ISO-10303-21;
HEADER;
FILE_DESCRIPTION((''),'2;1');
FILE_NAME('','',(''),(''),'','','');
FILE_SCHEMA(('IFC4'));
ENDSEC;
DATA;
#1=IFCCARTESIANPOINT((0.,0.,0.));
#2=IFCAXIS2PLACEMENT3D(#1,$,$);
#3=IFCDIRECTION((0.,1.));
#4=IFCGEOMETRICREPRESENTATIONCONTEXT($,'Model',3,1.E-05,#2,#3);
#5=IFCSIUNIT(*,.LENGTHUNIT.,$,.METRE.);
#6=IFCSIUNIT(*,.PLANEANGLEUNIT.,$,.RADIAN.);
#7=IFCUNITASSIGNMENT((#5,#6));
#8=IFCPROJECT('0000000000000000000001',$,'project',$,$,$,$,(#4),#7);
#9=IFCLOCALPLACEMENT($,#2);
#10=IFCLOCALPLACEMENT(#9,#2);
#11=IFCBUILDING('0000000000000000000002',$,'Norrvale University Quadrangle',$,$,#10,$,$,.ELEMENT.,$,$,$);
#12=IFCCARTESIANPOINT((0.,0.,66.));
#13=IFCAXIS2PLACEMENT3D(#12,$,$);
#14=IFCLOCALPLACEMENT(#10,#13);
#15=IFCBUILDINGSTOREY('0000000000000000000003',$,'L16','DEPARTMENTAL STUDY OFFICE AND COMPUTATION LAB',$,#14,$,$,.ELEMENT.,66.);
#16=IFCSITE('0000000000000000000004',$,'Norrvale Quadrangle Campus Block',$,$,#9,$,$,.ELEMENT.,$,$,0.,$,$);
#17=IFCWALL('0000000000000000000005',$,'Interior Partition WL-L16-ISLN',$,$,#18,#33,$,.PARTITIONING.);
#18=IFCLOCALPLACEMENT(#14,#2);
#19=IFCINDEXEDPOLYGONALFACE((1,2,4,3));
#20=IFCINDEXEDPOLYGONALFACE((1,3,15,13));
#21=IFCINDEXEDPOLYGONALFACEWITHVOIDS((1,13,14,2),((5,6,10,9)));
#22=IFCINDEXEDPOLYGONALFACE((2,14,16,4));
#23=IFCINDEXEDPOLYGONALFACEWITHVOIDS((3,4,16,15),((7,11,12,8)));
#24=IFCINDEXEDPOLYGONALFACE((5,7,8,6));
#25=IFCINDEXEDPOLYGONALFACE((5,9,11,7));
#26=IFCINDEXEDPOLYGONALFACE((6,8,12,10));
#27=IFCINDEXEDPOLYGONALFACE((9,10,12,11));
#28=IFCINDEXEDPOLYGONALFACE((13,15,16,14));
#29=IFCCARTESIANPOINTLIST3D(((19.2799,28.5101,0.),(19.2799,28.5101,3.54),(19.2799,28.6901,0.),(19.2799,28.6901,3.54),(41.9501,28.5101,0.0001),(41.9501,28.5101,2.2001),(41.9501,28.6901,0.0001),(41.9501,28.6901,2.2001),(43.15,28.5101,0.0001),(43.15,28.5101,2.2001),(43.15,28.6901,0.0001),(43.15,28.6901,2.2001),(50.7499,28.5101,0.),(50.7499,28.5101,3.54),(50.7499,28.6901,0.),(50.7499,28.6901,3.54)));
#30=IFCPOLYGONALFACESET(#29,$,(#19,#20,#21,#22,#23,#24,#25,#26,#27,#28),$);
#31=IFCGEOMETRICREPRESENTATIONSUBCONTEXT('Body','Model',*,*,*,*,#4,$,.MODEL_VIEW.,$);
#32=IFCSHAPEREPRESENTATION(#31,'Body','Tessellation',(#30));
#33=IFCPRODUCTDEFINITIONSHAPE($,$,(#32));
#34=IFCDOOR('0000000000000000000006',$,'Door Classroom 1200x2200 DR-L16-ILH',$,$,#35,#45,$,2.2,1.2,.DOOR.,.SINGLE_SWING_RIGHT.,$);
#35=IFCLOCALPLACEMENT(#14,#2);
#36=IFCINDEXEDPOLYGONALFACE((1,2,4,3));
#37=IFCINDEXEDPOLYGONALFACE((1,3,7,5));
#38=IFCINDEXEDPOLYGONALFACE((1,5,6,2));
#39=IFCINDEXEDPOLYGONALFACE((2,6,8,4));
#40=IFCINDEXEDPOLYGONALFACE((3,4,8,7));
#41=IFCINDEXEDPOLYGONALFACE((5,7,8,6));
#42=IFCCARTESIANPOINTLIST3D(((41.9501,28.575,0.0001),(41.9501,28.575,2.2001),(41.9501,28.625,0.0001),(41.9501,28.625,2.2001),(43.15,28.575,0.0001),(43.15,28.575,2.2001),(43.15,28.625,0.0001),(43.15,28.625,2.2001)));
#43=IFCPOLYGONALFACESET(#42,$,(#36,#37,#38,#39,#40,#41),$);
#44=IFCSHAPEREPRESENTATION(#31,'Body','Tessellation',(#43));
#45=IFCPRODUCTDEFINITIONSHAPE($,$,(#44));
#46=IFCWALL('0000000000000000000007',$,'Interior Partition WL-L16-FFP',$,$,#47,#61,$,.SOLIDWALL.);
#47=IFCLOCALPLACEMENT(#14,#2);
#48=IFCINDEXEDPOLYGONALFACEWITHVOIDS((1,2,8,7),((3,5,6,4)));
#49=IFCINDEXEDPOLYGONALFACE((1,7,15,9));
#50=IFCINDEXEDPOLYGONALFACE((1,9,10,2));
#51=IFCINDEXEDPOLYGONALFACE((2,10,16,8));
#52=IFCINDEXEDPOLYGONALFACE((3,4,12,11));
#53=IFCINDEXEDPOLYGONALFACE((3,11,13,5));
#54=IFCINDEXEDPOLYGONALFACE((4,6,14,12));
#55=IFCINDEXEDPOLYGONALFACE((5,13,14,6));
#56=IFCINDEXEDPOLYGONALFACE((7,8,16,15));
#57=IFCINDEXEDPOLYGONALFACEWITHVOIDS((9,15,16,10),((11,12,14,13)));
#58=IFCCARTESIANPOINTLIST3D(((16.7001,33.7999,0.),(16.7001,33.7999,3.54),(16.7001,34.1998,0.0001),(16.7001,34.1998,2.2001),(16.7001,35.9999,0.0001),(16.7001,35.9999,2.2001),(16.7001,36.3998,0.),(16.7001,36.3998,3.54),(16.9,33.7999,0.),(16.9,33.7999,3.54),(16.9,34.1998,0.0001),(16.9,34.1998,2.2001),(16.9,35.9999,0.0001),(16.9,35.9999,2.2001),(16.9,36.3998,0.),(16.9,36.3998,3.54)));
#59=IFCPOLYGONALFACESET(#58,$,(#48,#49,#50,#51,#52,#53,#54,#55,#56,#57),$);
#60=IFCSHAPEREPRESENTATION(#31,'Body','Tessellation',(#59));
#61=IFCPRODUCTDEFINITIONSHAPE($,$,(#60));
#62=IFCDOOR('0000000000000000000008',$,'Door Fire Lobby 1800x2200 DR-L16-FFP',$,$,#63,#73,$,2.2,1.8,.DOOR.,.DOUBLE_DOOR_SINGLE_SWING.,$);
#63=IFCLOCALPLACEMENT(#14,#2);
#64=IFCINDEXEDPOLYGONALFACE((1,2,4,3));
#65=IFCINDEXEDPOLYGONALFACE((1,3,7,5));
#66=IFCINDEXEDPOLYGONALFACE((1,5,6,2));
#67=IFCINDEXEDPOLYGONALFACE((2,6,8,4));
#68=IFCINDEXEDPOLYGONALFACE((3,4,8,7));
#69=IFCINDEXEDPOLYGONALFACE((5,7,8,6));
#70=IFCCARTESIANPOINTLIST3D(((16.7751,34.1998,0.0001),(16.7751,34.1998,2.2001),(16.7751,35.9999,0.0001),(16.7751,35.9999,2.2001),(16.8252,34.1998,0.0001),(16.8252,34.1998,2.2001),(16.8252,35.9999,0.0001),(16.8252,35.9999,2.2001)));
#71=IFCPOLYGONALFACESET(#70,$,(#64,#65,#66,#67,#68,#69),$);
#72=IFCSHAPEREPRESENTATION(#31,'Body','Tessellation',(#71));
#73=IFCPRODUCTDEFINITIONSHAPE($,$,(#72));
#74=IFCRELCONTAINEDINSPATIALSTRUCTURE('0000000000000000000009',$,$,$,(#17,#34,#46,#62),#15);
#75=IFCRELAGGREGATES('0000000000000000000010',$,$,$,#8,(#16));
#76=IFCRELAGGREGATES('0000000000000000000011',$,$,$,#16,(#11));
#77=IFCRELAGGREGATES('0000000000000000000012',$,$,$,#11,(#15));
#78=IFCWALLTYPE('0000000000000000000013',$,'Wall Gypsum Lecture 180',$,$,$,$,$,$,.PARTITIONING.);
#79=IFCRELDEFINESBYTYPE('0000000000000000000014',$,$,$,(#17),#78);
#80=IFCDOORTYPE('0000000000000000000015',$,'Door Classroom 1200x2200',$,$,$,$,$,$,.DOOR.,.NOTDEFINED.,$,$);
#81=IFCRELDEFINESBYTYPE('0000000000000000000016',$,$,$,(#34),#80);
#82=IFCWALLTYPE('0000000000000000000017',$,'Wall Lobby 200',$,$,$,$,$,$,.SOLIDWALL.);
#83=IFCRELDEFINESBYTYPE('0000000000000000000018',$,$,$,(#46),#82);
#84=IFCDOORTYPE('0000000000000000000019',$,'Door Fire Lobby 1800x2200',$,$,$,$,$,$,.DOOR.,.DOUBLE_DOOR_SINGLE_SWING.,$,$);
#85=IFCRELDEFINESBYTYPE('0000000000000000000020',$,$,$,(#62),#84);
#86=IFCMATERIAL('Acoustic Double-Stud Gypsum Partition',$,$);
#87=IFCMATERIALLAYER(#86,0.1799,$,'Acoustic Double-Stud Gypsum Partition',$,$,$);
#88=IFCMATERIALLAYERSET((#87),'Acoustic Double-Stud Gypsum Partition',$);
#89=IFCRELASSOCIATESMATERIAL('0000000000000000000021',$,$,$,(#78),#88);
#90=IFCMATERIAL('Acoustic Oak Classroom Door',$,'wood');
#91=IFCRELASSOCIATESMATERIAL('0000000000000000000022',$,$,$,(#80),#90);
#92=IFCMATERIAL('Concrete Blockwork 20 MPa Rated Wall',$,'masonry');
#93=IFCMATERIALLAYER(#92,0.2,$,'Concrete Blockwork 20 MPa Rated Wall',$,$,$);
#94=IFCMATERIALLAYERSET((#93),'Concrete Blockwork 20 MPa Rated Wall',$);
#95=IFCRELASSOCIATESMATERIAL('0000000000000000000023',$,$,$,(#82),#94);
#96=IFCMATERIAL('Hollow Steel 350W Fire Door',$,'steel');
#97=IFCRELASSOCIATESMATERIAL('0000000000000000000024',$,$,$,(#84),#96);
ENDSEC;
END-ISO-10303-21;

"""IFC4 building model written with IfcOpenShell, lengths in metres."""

from ifc_helpers import new_model, si_unit, direction, frame, frame_2d, origin, place, context, subcontext, project, spatial, rectangle, extrude, material, layer, layer_set, type_object, element, fill, save


model = new_model("IFC4")

# Units and contexts
model_context = context("Model", 3, precision=1e-05, world=origin(), true_north=direction((0.0, 1.0)))
body_context = subcontext(model_context, "Body", "Model", "MODEL_VIEW")
ifc_project = project(units=[si_unit("LENGTHUNIT", "METRE"), si_unit("PLANEANGLEUNIT", "RADIAN")], contexts=[model_context])

# Site, building, storey
site_placement = place(None, origin())
site = spatial("IfcSite", under=ifc_project, at=site_placement, Name="Norrvale Quadrangle Campus Block", CompositionType="ELEMENT", RefElevation=0.0)
building_placement = place(site_placement, origin())
building = spatial("IfcBuilding", under=site, at=building_placement, Name="Norrvale University Quadrangle", CompositionType="ELEMENT")
storey_placement = place(building_placement, frame((0.0, 0.0, 66.0)))
storey = spatial("IfcBuildingStorey", under=building, at=storey_placement, Name="L16", Description="DEPARTMENTAL STUDY OFFICE AND COMPUTATION LAB", CompositionType="ELEMENT", Elevation=66.0)

# Walls, openings, doors
ifc_material_1 = material(Name="Acoustic Double-Stud Gypsum Partition")
ifc_layer_1 = layer(ifc_material_1, 0.1799, Name="Acoustic Double-Stud Gypsum Partition")
ifc_layer_set_1 = layer_set([ifc_layer_1], Name="Acoustic Double-Stud Gypsum Partition")
wall_type_1 = type_object("IfcWallType", Name="Wall Gypsum Lecture 180", PredefinedType="PARTITIONING", material=ifc_layer_set_1)
wall_1_placement = place(storey_placement, frame((19.28, 28.6001, 0.0), z_axis=(0.0, 0.0, 1.0), x_axis=(1.0, 0.0, 0.0)))
wall_1 = element("IfcWall", 1, at=wall_1_placement, inside=storey, type_object=wall_type_1, Name="Interior Partition WL-L16-ISLN", PredefinedType="PARTITIONING", context=body_context, shape_type="SweptSolid", body=[
    extrude(rectangle(XDim=31.47, YDim=0.1799, at=frame_2d((15.7349, 0.0))), origin(), (0.0, 0.0, 1.0), 3.54),
])
opening_1_placement = place(wall_1_placement, frame((22.6699, 0.0, 0.0)))
opening_1 = element("IfcOpeningElement", 2, at=opening_1_placement, cuts=wall_1, PredefinedType="OPENING", context=body_context, shape_type="SweptSolid", body=[
    extrude(rectangle(XDim=1.2, YDim=2.2, at=frame_2d((0.6001, 1.1001))), frame((0.0, 0.1021, 0.0), z_axis=(0.0, -1.0, 0.0), x_axis=(1.0, 0.0, 0.0)), (0.0, 0.0, 1.0), 0.2039),
])
ifc_material_2 = material(Name="Acoustic Oak Classroom Door", Category="wood")
door_type_1 = type_object("IfcDoorType", Name="Door Classroom 1200x2200", OperationType="NOTDEFINED", PredefinedType="DOOR", material=ifc_material_2)
door_1_placement = place(opening_1_placement, origin())
door_1 = element("IfcDoor", 3, at=door_1_placement, inside=storey, type_object=door_type_1, Name="Door Classroom 1200x2200 DR-L16-ILH", OperationType="SINGLE_SWING_RIGHT", OverallHeight=2.2, OverallWidth=1.2, PredefinedType="DOOR", context=body_context, shape_type="SweptSolid", body=[
    extrude(rectangle(XDim=1.2, YDim=2.2, at=frame_2d((0.6001, 1.1001))), frame((0.0, 0.0249, 0.0), z_axis=(0.0, -1.0, 0.0), x_axis=(1.0, 0.0, 0.0)), (0.0, 0.0, 1.0), 0.05),
])
fill(opening_1, door_1)
ifc_material_3 = material(Name="Concrete Blockwork 20 MPa Rated Wall", Category="masonry")
ifc_layer_2 = layer(ifc_material_3, 0.2, Name="Concrete Blockwork 20 MPa Rated Wall")
ifc_layer_set_2 = layer_set([ifc_layer_2], Name="Concrete Blockwork 20 MPa Rated Wall")
wall_type_2 = type_object("IfcWallType", Name="Wall Lobby 200", PredefinedType="SOLIDWALL", material=ifc_layer_set_2)
wall_2_placement = place(storey_placement, frame((16.8, 33.8, 0.0), z_axis=(0.0, 0.0, 1.0), x_axis=(0.0, 1.0, 0.0)))
wall_2 = element("IfcWall", 4, at=wall_2_placement, inside=storey, type_object=wall_type_2, Name="Interior Partition WL-L16-FFP", PredefinedType="SOLIDWALL", context=body_context, shape_type="SweptSolid", body=[
    extrude(rectangle(XDim=2.5999, YDim=0.2, at=frame_2d((1.2998, 0.0))), origin(), (0.0, 0.0, 1.0), 3.54),
])
opening_2_placement = place(wall_2_placement, frame((0.3999, 0.0, 0.0)))
opening_2 = element("IfcOpeningElement", 5, at=opening_2_placement, cuts=wall_2, PredefinedType="OPENING", context=body_context, shape_type="SweptSolid", body=[
    extrude(rectangle(XDim=1.8, YDim=2.2, at=frame_2d((0.8999, 1.1001))), frame((0.0, 0.1121, 0.0), z_axis=(0.0, -1.0, 0.0), x_axis=(1.0, 0.0, 0.0)), (0.0, 0.0, 1.0), 0.2239),
])
ifc_material_4 = material(Name="Hollow Steel 350W Fire Door", Category="steel")
door_type_2 = type_object("IfcDoorType", Name="Door Fire Lobby 1800x2200", OperationType="DOUBLE_DOOR_SINGLE_SWING", PredefinedType="DOOR", material=ifc_material_4)
door_2_placement = place(opening_2_placement, origin())
door_2 = element("IfcDoor", 6, at=door_2_placement, inside=storey, type_object=door_type_2, Name="Door Fire Lobby 1800x2200 DR-L16-FFP", OperationType="DOUBLE_DOOR_SINGLE_SWING", OverallHeight=2.2, OverallWidth=1.8, PredefinedType="DOOR", context=body_context, shape_type="SweptSolid", body=[
    extrude(rectangle(XDim=1.8, YDim=2.2, at=frame_2d((0.8999, 1.1001))), frame((0.0, 0.0249, 0.0), z_axis=(0.0, -1.0, 0.0), x_axis=(1.0, 0.0, 0.0)), (0.0, 0.0, 1.0), 0.05),
])
fill(opening_2, door_2)

save(model, "model.ifc")
